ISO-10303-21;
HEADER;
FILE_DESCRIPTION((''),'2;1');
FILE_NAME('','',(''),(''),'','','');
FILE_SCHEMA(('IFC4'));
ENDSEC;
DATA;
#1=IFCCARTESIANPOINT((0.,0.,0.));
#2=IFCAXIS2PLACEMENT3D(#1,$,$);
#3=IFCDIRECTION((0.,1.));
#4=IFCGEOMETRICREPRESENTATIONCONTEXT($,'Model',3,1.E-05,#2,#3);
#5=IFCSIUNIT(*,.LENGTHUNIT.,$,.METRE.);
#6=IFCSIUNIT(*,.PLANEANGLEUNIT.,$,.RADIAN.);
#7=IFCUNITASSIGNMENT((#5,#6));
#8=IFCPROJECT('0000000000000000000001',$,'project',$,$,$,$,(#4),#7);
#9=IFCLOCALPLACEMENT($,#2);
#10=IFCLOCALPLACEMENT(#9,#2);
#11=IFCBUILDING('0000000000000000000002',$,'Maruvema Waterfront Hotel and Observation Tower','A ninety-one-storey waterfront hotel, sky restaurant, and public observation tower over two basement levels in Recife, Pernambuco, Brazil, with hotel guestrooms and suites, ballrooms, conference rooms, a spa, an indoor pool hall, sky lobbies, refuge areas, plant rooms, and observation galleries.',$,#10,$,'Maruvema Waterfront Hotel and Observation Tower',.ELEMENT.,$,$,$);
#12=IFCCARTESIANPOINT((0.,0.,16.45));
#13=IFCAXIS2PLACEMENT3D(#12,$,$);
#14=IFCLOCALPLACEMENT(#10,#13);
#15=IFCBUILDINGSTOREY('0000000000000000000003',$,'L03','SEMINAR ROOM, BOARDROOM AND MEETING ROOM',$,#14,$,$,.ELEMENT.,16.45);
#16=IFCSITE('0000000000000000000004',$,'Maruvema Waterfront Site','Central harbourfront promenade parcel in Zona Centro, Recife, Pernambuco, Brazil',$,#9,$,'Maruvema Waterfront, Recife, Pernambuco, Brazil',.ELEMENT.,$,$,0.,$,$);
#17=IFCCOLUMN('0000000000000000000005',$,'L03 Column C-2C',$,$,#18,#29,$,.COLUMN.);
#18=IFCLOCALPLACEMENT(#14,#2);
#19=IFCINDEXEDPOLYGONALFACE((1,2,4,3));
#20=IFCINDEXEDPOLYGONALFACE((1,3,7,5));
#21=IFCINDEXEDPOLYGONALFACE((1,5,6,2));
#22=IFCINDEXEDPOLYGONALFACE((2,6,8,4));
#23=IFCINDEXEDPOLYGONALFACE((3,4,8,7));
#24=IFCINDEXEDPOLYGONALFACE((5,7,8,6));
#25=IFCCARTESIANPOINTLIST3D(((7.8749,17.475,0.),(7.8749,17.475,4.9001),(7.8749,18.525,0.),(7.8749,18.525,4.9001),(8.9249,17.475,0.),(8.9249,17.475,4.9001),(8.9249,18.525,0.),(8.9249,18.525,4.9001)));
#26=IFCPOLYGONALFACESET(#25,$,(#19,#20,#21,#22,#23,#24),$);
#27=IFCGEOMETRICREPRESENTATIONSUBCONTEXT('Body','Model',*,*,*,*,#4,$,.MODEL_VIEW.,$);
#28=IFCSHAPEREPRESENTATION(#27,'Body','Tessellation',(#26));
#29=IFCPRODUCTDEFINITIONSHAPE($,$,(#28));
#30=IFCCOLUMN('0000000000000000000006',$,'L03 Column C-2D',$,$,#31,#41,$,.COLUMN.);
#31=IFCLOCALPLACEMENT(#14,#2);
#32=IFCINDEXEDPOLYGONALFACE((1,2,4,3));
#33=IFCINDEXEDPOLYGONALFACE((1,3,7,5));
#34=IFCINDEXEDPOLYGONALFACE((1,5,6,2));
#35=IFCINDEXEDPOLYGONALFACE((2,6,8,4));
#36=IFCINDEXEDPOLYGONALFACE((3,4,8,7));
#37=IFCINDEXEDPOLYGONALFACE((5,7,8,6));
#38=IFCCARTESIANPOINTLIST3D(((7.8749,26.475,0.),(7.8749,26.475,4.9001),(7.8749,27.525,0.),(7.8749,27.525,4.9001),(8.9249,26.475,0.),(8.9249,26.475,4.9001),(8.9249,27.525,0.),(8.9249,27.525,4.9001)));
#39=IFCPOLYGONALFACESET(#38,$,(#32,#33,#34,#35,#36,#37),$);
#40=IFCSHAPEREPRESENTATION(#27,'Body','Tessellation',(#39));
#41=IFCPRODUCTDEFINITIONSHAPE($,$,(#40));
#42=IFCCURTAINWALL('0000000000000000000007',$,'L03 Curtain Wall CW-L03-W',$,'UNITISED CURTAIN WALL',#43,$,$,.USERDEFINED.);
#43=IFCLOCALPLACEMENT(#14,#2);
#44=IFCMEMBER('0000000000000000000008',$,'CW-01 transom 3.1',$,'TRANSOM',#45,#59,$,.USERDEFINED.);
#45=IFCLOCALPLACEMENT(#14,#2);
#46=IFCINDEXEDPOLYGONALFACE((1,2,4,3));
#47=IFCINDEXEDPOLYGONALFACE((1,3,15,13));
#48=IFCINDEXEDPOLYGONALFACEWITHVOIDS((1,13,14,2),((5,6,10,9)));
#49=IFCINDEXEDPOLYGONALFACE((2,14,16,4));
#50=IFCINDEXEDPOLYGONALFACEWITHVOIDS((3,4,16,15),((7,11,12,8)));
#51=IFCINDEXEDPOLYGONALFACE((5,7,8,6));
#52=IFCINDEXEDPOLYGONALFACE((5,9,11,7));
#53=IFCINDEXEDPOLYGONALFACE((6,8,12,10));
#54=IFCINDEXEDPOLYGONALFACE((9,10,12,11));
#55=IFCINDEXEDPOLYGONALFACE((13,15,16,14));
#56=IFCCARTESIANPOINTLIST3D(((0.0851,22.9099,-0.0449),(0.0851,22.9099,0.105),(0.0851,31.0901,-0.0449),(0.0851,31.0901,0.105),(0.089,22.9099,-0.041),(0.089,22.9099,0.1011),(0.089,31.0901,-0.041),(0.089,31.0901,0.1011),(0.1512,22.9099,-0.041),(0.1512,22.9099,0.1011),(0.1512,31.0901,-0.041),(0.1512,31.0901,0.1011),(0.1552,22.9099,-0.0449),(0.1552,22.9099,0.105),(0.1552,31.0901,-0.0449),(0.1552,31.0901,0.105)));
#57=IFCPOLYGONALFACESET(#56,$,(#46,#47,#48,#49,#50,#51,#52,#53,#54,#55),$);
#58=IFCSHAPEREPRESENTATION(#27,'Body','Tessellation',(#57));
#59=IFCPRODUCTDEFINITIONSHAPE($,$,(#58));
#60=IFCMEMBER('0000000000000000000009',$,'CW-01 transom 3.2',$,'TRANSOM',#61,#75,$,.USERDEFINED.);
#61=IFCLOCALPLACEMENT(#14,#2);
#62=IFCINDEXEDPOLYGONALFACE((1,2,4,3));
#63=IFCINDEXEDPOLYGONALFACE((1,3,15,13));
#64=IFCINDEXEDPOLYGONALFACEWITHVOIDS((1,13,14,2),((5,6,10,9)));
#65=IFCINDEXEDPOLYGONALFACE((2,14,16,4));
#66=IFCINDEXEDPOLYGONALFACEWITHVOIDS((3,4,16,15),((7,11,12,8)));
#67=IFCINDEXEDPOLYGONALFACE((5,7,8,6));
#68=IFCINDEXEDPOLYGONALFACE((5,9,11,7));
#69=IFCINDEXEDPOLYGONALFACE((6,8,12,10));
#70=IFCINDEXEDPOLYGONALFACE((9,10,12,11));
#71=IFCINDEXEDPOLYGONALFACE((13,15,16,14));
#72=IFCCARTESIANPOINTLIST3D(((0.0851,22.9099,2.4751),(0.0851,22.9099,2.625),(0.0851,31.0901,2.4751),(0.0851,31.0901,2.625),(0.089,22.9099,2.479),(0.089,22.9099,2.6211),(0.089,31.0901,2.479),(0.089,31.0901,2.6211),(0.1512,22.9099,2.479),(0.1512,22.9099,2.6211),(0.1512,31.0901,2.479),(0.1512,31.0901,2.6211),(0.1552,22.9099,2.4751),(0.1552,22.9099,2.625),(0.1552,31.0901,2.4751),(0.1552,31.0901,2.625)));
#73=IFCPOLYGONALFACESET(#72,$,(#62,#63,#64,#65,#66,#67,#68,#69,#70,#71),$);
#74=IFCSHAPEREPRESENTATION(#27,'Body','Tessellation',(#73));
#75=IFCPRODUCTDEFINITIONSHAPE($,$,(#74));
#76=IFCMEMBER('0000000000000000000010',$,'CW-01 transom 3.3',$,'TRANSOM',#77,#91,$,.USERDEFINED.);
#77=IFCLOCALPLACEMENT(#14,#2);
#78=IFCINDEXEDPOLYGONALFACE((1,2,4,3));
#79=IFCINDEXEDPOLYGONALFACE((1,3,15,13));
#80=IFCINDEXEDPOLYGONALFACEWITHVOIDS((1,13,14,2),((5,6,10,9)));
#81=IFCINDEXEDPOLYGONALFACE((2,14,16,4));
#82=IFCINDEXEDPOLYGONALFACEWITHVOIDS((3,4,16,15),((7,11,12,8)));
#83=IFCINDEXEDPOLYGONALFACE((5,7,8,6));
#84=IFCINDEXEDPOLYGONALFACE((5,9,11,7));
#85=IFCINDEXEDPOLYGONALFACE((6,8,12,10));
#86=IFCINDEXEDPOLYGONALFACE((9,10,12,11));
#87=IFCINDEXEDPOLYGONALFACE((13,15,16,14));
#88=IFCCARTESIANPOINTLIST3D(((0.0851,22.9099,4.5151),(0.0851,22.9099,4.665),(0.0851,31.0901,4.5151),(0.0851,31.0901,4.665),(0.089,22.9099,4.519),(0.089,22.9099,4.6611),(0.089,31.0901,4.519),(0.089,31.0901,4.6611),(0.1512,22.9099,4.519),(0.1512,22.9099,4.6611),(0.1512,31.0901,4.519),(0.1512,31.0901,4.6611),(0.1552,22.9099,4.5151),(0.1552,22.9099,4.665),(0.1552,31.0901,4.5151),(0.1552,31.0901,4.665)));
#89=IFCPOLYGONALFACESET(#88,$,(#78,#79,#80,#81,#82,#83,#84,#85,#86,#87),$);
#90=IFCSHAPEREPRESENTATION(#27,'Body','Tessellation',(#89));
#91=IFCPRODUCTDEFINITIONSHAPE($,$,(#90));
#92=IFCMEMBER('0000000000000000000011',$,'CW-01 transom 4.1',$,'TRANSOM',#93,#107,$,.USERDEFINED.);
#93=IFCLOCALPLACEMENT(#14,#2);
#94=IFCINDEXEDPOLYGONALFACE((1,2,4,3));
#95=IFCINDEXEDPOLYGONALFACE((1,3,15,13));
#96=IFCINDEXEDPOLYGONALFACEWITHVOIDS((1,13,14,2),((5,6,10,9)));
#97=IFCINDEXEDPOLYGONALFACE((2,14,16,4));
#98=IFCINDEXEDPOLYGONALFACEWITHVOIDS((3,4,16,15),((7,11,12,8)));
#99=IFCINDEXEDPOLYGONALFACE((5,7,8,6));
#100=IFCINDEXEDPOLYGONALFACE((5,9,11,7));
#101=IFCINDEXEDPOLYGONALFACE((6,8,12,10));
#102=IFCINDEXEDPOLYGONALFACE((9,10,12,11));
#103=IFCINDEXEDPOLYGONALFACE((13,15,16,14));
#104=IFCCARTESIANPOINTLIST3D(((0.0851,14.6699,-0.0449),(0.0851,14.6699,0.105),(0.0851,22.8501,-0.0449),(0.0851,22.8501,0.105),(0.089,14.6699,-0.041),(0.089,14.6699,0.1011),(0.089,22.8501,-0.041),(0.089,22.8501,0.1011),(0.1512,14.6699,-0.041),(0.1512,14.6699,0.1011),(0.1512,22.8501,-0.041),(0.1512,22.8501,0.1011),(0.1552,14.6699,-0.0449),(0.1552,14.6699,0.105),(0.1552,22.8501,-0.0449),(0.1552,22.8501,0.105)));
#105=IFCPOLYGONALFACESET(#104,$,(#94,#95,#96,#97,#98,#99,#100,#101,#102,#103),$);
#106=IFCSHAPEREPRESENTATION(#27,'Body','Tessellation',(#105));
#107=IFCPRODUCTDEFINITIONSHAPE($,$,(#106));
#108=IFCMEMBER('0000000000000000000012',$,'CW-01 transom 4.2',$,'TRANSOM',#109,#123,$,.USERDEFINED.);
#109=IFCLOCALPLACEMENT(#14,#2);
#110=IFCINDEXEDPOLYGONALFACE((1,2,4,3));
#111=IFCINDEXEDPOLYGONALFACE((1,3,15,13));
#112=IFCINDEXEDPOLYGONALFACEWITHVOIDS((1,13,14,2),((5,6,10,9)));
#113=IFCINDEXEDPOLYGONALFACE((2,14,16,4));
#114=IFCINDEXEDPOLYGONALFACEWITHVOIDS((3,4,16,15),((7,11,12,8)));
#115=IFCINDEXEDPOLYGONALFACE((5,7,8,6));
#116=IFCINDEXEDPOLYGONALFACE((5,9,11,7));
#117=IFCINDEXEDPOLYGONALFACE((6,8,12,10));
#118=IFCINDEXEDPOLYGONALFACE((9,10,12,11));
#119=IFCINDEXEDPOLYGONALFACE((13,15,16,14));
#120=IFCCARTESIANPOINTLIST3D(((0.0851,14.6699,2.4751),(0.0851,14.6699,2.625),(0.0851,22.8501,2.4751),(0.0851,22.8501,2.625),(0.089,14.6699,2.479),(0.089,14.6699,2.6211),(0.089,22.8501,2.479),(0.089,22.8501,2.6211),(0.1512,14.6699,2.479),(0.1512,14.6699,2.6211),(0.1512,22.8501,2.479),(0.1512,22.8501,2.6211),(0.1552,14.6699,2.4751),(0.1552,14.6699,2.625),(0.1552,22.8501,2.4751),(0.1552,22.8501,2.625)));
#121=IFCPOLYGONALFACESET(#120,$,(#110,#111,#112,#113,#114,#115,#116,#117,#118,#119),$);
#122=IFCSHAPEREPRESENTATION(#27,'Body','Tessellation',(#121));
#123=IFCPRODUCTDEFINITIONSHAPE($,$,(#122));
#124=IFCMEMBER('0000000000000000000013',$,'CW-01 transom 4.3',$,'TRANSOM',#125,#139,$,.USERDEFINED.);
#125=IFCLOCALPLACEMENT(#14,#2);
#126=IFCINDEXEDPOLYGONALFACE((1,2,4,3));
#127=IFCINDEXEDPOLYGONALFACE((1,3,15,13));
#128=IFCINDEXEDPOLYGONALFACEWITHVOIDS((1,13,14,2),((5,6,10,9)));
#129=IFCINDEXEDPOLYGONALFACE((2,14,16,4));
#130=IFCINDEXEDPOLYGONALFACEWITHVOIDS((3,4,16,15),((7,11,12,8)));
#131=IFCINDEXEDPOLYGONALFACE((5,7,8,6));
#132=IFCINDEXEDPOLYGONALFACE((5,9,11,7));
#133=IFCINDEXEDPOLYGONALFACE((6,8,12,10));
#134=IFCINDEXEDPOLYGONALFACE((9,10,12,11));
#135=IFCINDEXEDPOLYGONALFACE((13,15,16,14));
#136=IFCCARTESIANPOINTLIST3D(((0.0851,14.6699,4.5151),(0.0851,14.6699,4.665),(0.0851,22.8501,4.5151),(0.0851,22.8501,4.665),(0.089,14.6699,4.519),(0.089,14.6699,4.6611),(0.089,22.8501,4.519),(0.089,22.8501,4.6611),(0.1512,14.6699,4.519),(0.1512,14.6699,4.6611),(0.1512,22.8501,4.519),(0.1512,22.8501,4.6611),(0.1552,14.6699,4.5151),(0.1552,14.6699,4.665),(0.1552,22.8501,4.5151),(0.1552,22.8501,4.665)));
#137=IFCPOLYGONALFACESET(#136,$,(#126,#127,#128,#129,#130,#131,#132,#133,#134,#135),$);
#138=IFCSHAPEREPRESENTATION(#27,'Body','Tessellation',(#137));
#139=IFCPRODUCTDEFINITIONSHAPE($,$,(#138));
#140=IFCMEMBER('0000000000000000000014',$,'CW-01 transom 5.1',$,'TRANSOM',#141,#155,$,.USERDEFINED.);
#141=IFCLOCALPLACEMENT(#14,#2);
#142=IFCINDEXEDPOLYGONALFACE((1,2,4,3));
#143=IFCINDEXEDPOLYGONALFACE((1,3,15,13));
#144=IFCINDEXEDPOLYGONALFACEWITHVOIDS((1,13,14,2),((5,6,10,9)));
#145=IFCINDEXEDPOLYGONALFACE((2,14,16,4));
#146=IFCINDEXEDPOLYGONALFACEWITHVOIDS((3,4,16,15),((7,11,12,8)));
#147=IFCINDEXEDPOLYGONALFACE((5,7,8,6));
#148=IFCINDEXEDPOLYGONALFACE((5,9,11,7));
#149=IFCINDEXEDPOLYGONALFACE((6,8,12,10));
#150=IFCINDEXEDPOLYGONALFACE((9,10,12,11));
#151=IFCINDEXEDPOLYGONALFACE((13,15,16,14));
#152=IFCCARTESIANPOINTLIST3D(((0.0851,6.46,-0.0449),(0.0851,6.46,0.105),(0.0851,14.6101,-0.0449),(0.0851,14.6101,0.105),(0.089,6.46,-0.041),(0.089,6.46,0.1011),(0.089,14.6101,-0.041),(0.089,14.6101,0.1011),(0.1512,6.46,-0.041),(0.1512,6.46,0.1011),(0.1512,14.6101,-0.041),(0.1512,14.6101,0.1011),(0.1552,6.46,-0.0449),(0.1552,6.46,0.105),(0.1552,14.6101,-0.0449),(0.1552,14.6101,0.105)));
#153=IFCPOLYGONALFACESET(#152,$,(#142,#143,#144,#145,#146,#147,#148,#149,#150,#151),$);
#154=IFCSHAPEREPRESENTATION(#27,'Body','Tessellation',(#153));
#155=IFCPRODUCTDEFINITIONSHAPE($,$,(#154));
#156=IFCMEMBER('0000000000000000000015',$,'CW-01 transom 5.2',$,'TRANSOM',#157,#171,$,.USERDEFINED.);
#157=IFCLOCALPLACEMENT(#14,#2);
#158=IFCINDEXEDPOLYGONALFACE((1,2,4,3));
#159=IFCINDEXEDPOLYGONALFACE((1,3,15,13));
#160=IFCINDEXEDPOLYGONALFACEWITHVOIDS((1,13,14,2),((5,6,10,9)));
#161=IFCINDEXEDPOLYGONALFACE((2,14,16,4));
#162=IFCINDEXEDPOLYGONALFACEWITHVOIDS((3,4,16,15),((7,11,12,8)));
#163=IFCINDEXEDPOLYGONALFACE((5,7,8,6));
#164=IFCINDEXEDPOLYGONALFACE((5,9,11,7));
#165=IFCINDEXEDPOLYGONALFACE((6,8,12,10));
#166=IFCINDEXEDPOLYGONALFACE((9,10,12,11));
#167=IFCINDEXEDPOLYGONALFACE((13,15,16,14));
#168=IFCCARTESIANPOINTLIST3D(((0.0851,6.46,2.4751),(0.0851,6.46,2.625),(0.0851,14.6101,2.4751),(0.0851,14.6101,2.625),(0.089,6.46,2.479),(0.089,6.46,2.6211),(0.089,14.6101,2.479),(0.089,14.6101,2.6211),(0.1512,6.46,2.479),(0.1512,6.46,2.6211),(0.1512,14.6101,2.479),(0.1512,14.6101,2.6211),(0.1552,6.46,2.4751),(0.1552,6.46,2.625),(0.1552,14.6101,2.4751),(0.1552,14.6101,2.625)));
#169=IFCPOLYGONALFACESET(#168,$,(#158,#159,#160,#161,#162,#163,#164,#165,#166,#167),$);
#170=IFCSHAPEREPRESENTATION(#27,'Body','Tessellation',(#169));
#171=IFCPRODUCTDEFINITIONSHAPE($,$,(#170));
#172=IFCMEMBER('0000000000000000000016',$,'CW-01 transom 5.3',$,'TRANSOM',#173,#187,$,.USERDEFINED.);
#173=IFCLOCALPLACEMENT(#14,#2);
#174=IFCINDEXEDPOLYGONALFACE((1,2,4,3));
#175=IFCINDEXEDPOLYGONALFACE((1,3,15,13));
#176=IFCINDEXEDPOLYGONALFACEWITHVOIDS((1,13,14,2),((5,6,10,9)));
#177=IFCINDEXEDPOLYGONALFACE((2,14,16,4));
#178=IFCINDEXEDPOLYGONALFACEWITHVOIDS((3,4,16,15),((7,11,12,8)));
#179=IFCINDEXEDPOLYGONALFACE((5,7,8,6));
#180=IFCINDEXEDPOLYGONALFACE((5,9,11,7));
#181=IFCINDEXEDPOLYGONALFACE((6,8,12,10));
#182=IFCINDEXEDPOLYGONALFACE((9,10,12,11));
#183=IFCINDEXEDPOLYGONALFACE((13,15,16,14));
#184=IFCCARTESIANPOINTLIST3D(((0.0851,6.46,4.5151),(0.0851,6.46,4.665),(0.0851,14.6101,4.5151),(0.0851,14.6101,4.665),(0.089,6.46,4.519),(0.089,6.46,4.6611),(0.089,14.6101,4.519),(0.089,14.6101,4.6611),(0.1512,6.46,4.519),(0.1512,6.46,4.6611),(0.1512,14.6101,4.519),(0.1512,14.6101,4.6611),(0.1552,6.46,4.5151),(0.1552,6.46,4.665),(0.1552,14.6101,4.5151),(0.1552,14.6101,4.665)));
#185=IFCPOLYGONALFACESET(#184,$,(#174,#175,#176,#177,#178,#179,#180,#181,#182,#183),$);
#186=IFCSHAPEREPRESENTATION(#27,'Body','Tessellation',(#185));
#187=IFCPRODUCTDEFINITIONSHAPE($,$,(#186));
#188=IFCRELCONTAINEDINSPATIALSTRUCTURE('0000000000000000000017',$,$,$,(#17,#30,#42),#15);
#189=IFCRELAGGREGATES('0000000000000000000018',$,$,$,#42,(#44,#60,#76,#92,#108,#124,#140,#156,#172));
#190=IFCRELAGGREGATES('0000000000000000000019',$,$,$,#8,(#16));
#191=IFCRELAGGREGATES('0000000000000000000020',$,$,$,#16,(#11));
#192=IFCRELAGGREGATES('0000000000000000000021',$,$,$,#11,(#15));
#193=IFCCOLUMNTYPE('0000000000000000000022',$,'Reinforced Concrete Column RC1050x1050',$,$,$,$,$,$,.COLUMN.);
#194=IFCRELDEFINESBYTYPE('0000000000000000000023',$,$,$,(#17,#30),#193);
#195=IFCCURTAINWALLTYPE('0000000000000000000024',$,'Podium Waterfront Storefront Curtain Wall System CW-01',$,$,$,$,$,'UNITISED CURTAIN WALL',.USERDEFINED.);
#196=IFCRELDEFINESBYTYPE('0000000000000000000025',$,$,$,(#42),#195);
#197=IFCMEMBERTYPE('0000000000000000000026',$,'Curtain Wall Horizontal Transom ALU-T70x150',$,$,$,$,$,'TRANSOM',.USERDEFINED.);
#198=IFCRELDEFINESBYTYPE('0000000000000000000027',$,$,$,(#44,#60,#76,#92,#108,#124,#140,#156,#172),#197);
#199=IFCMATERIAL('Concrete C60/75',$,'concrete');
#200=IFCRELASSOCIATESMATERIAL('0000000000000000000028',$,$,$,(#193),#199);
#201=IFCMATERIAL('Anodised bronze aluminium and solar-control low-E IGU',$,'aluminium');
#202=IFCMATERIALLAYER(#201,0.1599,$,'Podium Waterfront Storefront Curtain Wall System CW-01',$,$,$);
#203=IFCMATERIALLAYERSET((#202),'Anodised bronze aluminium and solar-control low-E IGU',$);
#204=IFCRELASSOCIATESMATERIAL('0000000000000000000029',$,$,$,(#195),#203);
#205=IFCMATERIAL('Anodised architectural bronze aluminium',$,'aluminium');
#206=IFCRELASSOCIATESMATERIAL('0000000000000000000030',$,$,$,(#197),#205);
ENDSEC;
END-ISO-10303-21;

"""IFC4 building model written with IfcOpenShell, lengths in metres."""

from ifc_helpers import new_model, si_unit, direction, frame, origin, origin_2d, place, context, subcontext, project, spatial, rectangle, hollow_rectangle, extrude, material, layer, layer_set, material_profile, profile_set, type_object, element, aggregate, save


model = new_model("IFC4")

# Units and contexts
model_context = context("Model", 3, precision=1e-05, world=origin(), true_north=direction((0.0, 1.0)))
body_context = subcontext(model_context, "Body", "Model", "MODEL_VIEW")
ifc_project = project(units=[si_unit("LENGTHUNIT", "METRE"), si_unit("PLANEANGLEUNIT", "RADIAN")], contexts=[model_context])

# Site, building, storey
site_placement = place(None, origin())
site = spatial("IfcSite", under=ifc_project, at=site_placement, Name="Maruvema Waterfront Site", Description="Central harbourfront promenade parcel in Zona Centro, Recife, Pernambuco, Brazil", LongName="Maruvema Waterfront, Recife, Pernambuco, Brazil", CompositionType="ELEMENT", RefElevation=0.0)
building_placement = place(site_placement, origin())
building = spatial("IfcBuilding", under=site, at=building_placement, Name="Maruvema Waterfront Hotel and Observation Tower", Description="A ninety-one-storey waterfront hotel, sky restaurant, and public observation tower over two basement levels in Recife, Pernambuco, Brazil, with hotel guestrooms and suites, ballrooms, conference rooms, a spa, an indoor pool hall, sky lobbies, refuge areas, plant rooms, and observation galleries.", LongName="Maruvema Waterfront Hotel and Observation Tower", CompositionType="ELEMENT")
storey_placement = place(building_placement, frame((0.0, 0.0, 16.45)))
storey = spatial("IfcBuildingStorey", under=building, at=storey_placement, Name="L03", Description="SEMINAR ROOM, BOARDROOM AND MEETING ROOM", CompositionType="ELEMENT", Elevation=16.45)

# Columns
ifc_material_1 = material(Name="Concrete C60/75", Category="concrete")
ifc_material_profile_1 = material_profile(ifc_material_1, rectangle(XDim=1.05, YDim=1.05, at=origin_2d()), Name="RC1050x1050")
ifc_profile_set_1 = profile_set([ifc_material_profile_1], Name="Concrete C60/75")
column_type = type_object("IfcColumnType", Name="Reinforced Concrete Column RC1050x1050", PredefinedType="COLUMN", material=ifc_profile_set_1)
for number, where, z_axis, x_axis, name in (
    (1, (8.3999, 18.0, 0.0), (0.0, 0.0, 1.0), (1.0, 0.0, 0.0), "L03 Column C-2C"),
    (2, (8.3999, 27.0, 0.0), (0.0, 0.0, 1.0), (1.0, 0.0, 0.0), "L03 Column C-2D"),
):
    element("IfcColumn", number, at=place(storey_placement, frame(where, z_axis=z_axis, x_axis=x_axis)), inside=storey, type_object=column_type, Name=name, PredefinedType="COLUMN", context=body_context, shape_type="SweptSolid", body=[
        extrude(rectangle(XDim=1.05, YDim=1.05, at=origin_2d()), origin(), (0.0, 0.0, 1.0), 4.9001),
    ])

# Curtain wall, members
ifc_material_2 = material(Name="Anodised bronze aluminium and solar-control low-E IGU", Category="aluminium")
ifc_layer_1 = layer(ifc_material_2, 0.1599, Name="Podium Waterfront Storefront Curtain Wall System CW-01")
ifc_layer_set_1 = layer_set([ifc_layer_1], Name="Anodised bronze aluminium and solar-control low-E IGU")
curtain_wall_type = type_object("IfcCurtainWallType", Name="Podium Waterfront Storefront Curtain Wall System CW-01", ElementType="UNITISED CURTAIN WALL", PredefinedType="USERDEFINED", material=ifc_layer_set_1)
curtain_wall_placement = place(storey_placement, origin())
curtain_wall = element("IfcCurtainWall", 3, at=curtain_wall_placement, inside=storey, type_object=curtain_wall_type, Name="L03 Curtain Wall CW-L03-W", ObjectType="UNITISED CURTAIN WALL", PredefinedType="USERDEFINED")
ifc_material_3 = material(Name="Anodised architectural bronze aluminium", Category="aluminium")
ifc_material_profile_2 = material_profile(ifc_material_3, hollow_rectangle(XDim=0.0701, YDim=0.1499, WallThickness=0.0039, at=origin_2d()), Name="ALU-T70x150")
ifc_profile_set_2 = profile_set([ifc_material_profile_2], Name="Anodised architectural bronze aluminium")
member_type_1 = type_object("IfcMemberType", Name="Curtain Wall Horizontal Transom ALU-T70x150", ElementType="TRANSOM", PredefinedType="USERDEFINED", material=ifc_profile_set_2)
member_1_placement = place(storey_placement, frame((0.1201, 31.0901, 0.03), z_axis=(0.0, -1.0, 0.0), x_axis=(1.0, 0.0, 0.0)))
member_1 = element("IfcMember", 4, at=member_1_placement, type_object=member_type_1, Name="CW-01 transom 3.1", ObjectType="TRANSOM", PredefinedType="USERDEFINED", context=body_context, shape_type="SweptSolid", body=[
    extrude(hollow_rectangle(XDim=0.0701, YDim=0.1499, WallThickness=0.0039, at=origin_2d()), origin(), (0.0, 0.0, 1.0), 8.1802),
])
member_2_placement = place(storey_placement, frame((0.1201, 31.0901, 2.55), z_axis=(0.0, -1.0, 0.0), x_axis=(1.0, 0.0, 0.0)))
member_2 = element("IfcMember", 5, at=member_2_placement, type_object=member_type_1, Name="CW-01 transom 3.2", ObjectType="TRANSOM", PredefinedType="USERDEFINED", context=body_context, shape_type="SweptSolid", body=[
    extrude(hollow_rectangle(XDim=0.0701, YDim=0.1499, WallThickness=0.0039, at=origin_2d()), origin(), (0.0, 0.0, 1.0), 8.1802),
])
member_3_placement = place(storey_placement, frame((0.1201, 31.0901, 4.5901), z_axis=(0.0, -1.0, 0.0), x_axis=(1.0, 0.0, 0.0)))
member_3 = element("IfcMember", 6, at=member_3_placement, type_object=member_type_1, Name="CW-01 transom 3.3", ObjectType="TRANSOM", PredefinedType="USERDEFINED", context=body_context, shape_type="SweptSolid", body=[
    extrude(hollow_rectangle(XDim=0.0701, YDim=0.1499, WallThickness=0.0039, at=origin_2d()), origin(), (0.0, 0.0, 1.0), 8.1802),
])
member_4_placement = place(storey_placement, frame((0.1201, 22.8501, 0.03), z_axis=(0.0, -1.0, 0.0), x_axis=(1.0, 0.0, 0.0)))
member_4 = element("IfcMember", 7, at=member_4_placement, type_object=member_type_1, Name="CW-01 transom 4.1", ObjectType="TRANSOM", PredefinedType="USERDEFINED", context=body_context, shape_type="SweptSolid", body=[
    extrude(hollow_rectangle(XDim=0.0701, YDim=0.1499, WallThickness=0.0039, at=origin_2d()), origin(), (0.0, 0.0, 1.0), 8.1802),
])
member_5_placement = place(storey_placement, frame((0.1201, 22.8501, 2.55), z_axis=(0.0, -1.0, 0.0), x_axis=(1.0, 0.0, 0.0)))
member_5 = element("IfcMember", 8, at=member_5_placement, type_object=member_type_1, Name="CW-01 transom 4.2", ObjectType="TRANSOM", PredefinedType="USERDEFINED", context=body_context, shape_type="SweptSolid", body=[
    extrude(hollow_rectangle(XDim=0.0701, YDim=0.1499, WallThickness=0.0039, at=origin_2d()), origin(), (0.0, 0.0, 1.0), 8.1802),
])
member_6_placement = place(storey_placement, frame((0.1201, 22.8501, 4.5901), z_axis=(0.0, -1.0, 0.0), x_axis=(1.0, 0.0, 0.0)))
member_6 = element("IfcMember", 9, at=member_6_placement, type_object=member_type_1, Name="CW-01 transom 4.3", ObjectType="TRANSOM", PredefinedType="USERDEFINED", context=body_context, shape_type="SweptSolid", body=[
    extrude(hollow_rectangle(XDim=0.0701, YDim=0.1499, WallThickness=0.0039, at=origin_2d()), origin(), (0.0, 0.0, 1.0), 8.1802),
])
member_7_placement = place(storey_placement, frame((0.1201, 14.6101, 0.03), z_axis=(0.0, -1.0, 0.0), x_axis=(1.0, 0.0, 0.0)))
member_7 = element("IfcMember", 10, at=member_7_placement, type_object=member_type_1, Name="CW-01 transom 5.1", ObjectType="TRANSOM", PredefinedType="USERDEFINED", context=body_context, shape_type="SweptSolid", body=[
    extrude(hollow_rectangle(XDim=0.0701, YDim=0.1499, WallThickness=0.0039, at=origin_2d()), origin(), (0.0, 0.0, 1.0), 8.1501),
])
member_8_placement = place(storey_placement, frame((0.1201, 14.6101, 2.55), z_axis=(0.0, -1.0, 0.0), x_axis=(1.0, 0.0, 0.0)))
member_8 = element("IfcMember", 11, at=member_8_placement, type_object=member_type_1, Name="CW-01 transom 5.2", ObjectType="TRANSOM", PredefinedType="USERDEFINED", context=body_context, shape_type="SweptSolid", body=[
    extrude(hollow_rectangle(XDim=0.0701, YDim=0.1499, WallThickness=0.0039, at=origin_2d()), origin(), (0.0, 0.0, 1.0), 8.1501),
])
member_9_placement = place(storey_placement, frame((0.1201, 14.6101, 4.5901), z_axis=(0.0, -1.0, 0.0), x_axis=(1.0, 0.0, 0.0)))
member_9 = element("IfcMember", 12, at=member_9_placement, type_object=member_type_1, Name="CW-01 transom 5.3", ObjectType="TRANSOM", PredefinedType="USERDEFINED", context=body_context, shape_type="SweptSolid", body=[
    extrude(hollow_rectangle(XDim=0.0701, YDim=0.1499, WallThickness=0.0039, at=origin_2d()), origin(), (0.0, 0.0, 1.0), 8.1501),
])

aggregate(curtain_wall, [member_1, member_2, member_3, member_4, member_5, member_6, member_7, member_8, member_9])

save(model, "model.ifc")
